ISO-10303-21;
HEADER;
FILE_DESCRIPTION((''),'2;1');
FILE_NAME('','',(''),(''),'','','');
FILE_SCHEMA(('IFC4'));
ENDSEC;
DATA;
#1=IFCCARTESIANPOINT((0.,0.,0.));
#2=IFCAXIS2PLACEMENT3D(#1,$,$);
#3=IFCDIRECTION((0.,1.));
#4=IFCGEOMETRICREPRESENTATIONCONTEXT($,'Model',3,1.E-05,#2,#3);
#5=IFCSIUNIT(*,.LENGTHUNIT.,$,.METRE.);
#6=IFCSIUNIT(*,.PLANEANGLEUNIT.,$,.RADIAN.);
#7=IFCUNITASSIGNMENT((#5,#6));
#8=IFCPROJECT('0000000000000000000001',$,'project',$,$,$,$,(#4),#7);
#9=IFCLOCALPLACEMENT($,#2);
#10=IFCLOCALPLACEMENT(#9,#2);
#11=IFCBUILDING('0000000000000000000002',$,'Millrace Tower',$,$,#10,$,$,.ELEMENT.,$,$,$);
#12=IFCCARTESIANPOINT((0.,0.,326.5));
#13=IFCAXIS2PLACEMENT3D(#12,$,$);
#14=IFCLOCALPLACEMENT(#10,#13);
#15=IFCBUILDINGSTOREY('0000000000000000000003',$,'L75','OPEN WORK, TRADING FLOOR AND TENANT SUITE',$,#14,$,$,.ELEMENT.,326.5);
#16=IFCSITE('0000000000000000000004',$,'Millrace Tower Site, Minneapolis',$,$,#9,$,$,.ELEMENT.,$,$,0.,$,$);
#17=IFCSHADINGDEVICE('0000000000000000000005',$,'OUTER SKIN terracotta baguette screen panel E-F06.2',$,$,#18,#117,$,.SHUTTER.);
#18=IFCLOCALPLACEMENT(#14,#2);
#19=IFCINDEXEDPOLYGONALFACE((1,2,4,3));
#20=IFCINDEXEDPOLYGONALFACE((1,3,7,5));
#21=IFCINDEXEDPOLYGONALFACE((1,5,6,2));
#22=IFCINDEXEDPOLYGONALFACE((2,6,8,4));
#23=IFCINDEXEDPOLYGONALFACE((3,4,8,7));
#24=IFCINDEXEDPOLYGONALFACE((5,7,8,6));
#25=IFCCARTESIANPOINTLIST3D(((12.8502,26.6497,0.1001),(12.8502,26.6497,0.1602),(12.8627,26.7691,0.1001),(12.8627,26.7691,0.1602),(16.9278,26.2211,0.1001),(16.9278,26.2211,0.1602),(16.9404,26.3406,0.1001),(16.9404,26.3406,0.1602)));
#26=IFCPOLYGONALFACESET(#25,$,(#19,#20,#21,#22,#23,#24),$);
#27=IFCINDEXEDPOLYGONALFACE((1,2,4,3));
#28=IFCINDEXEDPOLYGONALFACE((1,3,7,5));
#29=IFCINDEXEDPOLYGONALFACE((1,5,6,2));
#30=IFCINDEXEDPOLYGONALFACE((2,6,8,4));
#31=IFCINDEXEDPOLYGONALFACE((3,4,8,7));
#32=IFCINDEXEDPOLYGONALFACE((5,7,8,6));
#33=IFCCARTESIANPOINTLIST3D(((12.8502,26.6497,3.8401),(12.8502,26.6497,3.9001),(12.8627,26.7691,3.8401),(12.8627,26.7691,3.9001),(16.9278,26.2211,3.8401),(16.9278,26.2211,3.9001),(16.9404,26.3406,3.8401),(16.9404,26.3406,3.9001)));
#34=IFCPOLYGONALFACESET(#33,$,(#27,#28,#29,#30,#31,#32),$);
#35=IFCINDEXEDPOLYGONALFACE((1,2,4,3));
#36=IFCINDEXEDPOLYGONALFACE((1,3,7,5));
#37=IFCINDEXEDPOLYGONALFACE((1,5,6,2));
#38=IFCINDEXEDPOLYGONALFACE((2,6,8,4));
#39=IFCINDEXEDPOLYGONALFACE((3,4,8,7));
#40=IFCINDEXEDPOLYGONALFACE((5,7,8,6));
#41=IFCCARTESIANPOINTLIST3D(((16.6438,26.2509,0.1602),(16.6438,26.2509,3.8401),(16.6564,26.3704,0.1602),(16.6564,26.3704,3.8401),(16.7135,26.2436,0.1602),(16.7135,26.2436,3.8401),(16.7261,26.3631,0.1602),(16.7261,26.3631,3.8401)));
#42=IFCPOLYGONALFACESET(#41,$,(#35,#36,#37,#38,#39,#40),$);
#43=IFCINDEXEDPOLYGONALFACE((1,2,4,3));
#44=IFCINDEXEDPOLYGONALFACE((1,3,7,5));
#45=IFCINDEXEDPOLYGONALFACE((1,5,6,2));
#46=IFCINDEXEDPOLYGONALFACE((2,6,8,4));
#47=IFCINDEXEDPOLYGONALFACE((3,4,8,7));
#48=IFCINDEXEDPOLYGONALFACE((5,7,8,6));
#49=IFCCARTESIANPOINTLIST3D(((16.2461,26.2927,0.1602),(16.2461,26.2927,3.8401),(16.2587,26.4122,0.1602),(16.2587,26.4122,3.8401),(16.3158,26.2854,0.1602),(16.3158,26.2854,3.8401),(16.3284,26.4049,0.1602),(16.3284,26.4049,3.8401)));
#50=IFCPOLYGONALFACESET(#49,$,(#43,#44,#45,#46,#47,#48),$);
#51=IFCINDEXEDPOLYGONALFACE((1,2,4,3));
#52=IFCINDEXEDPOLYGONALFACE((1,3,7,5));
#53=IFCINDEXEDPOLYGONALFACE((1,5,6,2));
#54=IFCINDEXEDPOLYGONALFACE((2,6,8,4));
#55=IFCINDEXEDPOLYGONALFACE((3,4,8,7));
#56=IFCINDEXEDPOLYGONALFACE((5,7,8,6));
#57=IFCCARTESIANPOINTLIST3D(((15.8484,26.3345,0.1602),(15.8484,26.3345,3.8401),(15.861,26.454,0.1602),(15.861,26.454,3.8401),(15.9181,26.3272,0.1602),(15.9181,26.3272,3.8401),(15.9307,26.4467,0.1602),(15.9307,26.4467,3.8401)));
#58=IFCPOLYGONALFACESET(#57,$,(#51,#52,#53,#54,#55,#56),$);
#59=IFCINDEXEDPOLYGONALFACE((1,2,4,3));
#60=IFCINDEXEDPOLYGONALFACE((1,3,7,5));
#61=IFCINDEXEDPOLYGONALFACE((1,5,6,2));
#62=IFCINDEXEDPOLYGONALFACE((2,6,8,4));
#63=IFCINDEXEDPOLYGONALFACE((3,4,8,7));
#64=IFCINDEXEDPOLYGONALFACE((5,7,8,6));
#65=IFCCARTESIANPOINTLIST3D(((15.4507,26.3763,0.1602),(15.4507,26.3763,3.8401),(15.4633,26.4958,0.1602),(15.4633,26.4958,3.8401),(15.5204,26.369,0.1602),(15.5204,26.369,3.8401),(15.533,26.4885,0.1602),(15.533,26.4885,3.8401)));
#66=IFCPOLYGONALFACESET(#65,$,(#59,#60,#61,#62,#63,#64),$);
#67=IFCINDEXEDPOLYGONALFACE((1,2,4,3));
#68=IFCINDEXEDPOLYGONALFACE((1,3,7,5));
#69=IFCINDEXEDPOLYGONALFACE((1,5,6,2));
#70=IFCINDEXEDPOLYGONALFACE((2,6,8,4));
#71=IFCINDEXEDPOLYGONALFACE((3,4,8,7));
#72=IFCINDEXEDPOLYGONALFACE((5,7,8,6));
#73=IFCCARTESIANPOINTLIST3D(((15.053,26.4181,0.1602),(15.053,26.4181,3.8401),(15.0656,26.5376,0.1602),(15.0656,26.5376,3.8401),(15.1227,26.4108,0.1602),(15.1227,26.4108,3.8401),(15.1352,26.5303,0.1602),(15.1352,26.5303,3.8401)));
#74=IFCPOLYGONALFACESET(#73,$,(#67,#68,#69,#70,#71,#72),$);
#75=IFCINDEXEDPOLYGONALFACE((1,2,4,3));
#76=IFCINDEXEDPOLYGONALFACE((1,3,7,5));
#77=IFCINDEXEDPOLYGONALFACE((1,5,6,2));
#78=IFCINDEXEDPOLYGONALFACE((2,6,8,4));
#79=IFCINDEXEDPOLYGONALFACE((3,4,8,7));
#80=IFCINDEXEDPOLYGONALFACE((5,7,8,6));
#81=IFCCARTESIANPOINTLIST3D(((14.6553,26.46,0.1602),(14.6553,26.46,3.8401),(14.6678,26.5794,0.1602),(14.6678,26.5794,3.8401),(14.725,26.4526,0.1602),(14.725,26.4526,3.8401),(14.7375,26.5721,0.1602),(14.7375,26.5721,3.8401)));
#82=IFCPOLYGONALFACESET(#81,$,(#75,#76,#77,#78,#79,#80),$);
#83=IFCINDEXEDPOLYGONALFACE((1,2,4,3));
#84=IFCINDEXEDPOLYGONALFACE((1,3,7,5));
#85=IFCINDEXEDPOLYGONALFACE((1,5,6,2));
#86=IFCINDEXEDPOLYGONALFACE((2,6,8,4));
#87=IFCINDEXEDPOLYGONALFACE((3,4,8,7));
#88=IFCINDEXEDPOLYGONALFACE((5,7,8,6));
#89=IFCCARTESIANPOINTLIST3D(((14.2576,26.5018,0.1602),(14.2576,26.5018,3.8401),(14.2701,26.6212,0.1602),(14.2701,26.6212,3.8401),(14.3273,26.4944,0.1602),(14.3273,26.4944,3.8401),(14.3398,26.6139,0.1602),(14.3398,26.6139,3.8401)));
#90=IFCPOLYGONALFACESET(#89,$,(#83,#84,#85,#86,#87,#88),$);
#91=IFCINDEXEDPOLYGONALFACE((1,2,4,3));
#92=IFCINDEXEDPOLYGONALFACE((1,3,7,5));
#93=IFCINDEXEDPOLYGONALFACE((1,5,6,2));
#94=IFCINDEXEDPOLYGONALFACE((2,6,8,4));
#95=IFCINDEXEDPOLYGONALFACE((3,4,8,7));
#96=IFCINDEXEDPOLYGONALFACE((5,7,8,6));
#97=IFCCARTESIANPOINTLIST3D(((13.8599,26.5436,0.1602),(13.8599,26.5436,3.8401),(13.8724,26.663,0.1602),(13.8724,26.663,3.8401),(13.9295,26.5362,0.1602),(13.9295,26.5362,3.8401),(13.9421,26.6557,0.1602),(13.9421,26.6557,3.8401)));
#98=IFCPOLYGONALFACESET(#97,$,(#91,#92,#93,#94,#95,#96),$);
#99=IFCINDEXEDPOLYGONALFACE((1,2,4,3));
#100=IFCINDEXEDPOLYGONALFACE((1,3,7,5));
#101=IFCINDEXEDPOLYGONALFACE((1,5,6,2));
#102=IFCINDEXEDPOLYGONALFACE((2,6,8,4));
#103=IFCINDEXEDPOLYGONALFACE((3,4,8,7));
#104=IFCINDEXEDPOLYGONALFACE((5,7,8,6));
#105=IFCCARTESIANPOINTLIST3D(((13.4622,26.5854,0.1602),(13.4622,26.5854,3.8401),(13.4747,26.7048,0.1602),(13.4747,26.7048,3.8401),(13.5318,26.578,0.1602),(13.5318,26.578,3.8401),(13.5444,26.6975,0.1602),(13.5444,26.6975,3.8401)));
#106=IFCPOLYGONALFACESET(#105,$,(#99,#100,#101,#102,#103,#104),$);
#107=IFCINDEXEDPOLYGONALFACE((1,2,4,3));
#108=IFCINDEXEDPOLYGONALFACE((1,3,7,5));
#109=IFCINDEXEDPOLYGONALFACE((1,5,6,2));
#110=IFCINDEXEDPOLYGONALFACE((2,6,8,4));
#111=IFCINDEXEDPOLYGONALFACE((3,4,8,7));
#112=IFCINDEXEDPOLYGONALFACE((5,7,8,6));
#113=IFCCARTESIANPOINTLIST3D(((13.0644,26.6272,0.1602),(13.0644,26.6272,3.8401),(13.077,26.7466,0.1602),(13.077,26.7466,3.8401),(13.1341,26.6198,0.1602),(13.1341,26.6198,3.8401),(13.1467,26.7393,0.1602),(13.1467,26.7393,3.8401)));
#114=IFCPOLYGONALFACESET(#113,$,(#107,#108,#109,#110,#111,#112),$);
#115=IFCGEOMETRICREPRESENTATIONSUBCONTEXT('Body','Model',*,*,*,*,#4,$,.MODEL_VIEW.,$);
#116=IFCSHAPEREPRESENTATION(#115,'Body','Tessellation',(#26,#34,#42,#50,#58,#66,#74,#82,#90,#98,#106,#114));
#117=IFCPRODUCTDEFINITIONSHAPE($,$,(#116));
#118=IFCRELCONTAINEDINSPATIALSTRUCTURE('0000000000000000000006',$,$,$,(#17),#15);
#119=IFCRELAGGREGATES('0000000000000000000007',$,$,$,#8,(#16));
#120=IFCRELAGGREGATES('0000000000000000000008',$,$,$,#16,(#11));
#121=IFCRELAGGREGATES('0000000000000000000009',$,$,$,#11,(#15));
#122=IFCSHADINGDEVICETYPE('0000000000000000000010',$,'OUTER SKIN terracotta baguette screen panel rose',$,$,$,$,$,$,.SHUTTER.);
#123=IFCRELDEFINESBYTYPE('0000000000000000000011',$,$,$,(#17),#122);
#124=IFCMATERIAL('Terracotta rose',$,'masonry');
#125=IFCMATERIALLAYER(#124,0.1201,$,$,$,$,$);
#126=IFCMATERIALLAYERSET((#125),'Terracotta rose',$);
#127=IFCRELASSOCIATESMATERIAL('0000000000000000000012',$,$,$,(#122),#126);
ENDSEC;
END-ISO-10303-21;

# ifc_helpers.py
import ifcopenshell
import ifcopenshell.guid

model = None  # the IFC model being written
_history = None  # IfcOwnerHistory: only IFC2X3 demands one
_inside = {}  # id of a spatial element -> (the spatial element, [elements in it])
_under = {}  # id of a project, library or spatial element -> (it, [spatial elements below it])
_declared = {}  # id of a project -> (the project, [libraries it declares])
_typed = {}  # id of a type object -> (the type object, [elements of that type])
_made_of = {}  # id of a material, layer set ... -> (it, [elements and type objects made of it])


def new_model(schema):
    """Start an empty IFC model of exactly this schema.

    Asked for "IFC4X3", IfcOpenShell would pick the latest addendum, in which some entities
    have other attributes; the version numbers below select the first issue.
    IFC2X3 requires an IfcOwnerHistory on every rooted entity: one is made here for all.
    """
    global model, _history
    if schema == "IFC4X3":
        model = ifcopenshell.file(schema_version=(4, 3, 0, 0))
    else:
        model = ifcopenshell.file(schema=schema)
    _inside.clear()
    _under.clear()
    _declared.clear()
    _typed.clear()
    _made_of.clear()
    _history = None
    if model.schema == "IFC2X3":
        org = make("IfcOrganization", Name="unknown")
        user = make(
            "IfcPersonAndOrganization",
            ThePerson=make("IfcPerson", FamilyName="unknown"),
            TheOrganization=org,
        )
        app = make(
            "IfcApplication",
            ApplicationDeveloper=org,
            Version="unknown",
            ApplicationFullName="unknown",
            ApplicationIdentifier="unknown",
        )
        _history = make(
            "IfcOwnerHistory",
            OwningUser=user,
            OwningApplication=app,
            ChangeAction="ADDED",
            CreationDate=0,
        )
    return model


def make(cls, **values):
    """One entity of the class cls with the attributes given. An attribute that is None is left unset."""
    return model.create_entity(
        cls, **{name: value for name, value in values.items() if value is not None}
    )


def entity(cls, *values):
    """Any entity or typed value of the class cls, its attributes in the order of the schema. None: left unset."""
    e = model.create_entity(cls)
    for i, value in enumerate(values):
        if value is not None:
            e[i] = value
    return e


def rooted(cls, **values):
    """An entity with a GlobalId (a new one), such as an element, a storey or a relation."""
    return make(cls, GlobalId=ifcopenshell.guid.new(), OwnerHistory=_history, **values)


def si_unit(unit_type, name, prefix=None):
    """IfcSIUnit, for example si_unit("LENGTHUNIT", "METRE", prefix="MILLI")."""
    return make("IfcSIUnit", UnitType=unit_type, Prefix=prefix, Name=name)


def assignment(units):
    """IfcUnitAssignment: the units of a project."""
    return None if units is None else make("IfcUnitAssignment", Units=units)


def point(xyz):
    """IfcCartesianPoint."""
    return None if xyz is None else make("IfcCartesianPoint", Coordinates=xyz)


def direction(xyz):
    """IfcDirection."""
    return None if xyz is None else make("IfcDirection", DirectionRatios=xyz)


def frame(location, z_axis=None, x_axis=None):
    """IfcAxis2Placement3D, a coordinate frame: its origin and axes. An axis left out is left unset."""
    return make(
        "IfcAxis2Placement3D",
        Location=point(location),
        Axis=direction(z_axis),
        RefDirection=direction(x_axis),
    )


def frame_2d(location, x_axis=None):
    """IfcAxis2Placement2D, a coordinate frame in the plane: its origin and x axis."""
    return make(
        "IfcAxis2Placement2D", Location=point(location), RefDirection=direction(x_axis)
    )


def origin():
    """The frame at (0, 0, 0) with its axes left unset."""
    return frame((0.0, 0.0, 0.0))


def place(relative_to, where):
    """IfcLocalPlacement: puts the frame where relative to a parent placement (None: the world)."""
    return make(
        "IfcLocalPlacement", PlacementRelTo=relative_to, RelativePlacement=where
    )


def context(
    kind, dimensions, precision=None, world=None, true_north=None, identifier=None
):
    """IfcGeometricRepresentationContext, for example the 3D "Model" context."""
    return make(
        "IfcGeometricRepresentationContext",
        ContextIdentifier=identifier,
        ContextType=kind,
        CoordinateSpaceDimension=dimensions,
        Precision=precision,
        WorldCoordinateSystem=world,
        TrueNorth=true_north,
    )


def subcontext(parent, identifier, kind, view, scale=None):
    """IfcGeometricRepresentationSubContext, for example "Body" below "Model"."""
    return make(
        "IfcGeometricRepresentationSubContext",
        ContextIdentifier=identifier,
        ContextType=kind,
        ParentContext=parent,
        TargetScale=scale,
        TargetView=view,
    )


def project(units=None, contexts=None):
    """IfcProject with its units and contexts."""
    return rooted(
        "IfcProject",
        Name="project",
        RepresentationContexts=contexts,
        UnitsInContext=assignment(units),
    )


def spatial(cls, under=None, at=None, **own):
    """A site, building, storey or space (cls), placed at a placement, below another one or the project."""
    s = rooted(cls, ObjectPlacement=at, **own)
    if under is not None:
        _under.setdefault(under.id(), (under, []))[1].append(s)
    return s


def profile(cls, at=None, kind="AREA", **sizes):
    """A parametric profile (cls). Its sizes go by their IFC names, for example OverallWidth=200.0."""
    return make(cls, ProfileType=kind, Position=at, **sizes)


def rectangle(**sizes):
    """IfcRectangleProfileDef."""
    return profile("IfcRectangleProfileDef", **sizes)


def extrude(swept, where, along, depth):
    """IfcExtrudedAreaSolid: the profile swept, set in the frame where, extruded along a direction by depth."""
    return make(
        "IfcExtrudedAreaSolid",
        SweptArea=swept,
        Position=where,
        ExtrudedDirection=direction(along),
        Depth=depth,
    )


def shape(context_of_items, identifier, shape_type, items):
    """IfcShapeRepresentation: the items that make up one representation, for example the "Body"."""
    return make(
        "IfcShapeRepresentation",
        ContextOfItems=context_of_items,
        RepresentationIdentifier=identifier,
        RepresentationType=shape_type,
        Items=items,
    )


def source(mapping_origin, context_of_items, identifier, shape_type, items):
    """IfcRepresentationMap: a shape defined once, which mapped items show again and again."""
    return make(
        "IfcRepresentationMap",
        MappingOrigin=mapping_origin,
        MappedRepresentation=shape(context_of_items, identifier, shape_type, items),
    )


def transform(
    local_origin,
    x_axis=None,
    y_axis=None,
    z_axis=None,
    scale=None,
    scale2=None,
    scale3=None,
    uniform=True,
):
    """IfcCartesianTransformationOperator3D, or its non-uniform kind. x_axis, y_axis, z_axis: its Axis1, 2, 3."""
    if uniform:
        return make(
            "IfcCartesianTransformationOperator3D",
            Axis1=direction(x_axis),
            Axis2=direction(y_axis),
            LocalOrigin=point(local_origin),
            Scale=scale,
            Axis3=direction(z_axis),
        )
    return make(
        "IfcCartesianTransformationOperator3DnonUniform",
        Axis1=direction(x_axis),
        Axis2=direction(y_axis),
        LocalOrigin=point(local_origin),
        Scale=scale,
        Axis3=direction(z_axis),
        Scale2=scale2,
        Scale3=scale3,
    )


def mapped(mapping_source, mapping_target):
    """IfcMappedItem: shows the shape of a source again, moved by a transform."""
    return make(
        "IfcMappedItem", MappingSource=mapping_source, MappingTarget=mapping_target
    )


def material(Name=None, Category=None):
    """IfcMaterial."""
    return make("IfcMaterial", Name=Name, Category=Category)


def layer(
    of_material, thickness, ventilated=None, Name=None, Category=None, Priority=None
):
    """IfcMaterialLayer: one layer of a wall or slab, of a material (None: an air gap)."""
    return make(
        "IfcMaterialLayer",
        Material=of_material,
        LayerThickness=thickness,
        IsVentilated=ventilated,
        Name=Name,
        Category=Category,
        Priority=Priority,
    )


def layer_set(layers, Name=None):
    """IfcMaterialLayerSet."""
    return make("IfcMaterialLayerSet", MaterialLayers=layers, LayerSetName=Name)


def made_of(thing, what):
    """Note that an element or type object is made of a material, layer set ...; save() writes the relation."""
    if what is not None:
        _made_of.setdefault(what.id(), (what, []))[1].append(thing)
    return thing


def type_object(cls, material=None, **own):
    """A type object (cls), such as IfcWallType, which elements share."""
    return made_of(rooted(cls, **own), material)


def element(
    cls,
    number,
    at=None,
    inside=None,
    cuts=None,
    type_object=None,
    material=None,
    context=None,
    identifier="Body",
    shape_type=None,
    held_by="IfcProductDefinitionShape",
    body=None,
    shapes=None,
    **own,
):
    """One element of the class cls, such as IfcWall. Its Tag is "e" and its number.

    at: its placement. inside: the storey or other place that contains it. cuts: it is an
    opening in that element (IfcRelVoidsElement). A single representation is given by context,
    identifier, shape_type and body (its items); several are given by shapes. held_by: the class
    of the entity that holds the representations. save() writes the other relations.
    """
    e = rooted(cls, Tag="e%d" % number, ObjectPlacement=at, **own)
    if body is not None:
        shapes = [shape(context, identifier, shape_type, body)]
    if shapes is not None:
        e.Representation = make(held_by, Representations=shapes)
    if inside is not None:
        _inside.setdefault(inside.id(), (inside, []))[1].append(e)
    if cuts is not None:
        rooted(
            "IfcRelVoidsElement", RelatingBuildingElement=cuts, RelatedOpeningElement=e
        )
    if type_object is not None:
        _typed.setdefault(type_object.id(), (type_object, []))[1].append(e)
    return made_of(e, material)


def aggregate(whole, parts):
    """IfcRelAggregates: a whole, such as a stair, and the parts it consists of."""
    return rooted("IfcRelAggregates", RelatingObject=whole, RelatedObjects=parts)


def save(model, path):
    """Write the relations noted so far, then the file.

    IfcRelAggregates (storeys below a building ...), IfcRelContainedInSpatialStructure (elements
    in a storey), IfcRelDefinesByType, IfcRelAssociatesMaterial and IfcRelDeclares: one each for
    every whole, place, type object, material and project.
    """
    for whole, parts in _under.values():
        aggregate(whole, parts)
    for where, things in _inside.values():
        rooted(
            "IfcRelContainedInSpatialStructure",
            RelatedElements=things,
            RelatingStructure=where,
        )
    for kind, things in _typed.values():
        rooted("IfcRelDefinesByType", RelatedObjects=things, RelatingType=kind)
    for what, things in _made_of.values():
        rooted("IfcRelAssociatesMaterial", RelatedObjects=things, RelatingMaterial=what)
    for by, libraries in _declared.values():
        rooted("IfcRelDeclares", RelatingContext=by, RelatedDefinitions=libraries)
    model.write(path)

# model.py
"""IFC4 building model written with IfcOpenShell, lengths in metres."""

from ifc_helpers import new_model, entity, si_unit, direction, frame, frame_2d, origin, place, context, subcontext, project, spatial, rectangle, extrude, source, transform, mapped, material, layer, layer_set, type_object, element, save


model = new_model("IFC4")

# Units and contexts
model_context = context("Model", 3, precision=1e-05, world=origin(), true_north=direction((0.0, 1.0)))
body_context = subcontext(model_context, "Body", "Model", "MODEL_VIEW")
ifc_project = project(units=[si_unit("LENGTHUNIT", "METRE"), si_unit("PLANEANGLEUNIT", "RADIAN")], contexts=[model_context])

# Site, building, storey
site_placement = place(None, origin())
site = spatial("IfcSite", under=ifc_project, at=site_placement, Name="Millrace Tower Site, Minneapolis", CompositionType="ELEMENT", RefElevation=0.0)
building_placement = place(site_placement, origin())
building = spatial("IfcBuilding", under=site, at=building_placement, Name="Millrace Tower", CompositionType="ELEMENT")
storey_placement = place(building_placement, frame((0.0, 0.0, 326.5)))
storey = spatial("IfcBuildingStorey", under=building, at=storey_placement, Name="L75", Description="OPEN WORK, TRADING FLOOR AND TENANT SUITE", CompositionType="ELEMENT", Elevation=326.5)

# Shading device
ifc_material_1 = material(Name="Terracotta rose", Category="masonry")
ifc_layer_1 = layer(ifc_material_1, 0.1201)
ifc_layer_set_1 = layer_set([ifc_layer_1], Name="Terracotta rose")
shading_device_type = type_object("IfcShadingDeviceType", Name="OUTER SKIN terracotta baguette screen panel rose", PredefinedType="SHUTTER", material=ifc_layer_set_1)
cartesian_point_1 = entity("IfcCartesianPoint", [-2.05, 0.0601])
shared_polyline_1 = entity("IfcPolyline", [cartesian_point_1, entity("IfcCartesianPoint", [2.05, 0.0601]), entity("IfcCartesianPoint", [2.05, -0.0601]), entity("IfcCartesianPoint", [-2.05, -0.0601]), cartesian_point_1])
shared_shape_1 = source(origin(), body_context, "Body", "SweptSolid", [
    entity("IfcExtrudedAreaSolid", entity("IfcArbitraryClosedProfileDef", "AREA", None, shared_polyline_1), entity("IfcAxis2Placement3D", entity("IfcCartesianPoint", [0.0, 0.0, 0.0])), entity("IfcDirection", [0.0, 0.0, 1.0]), 0.0601),
    entity("IfcExtrudedAreaSolid", entity("IfcArbitraryClosedProfileDef", "AREA", None, shared_polyline_1), entity("IfcAxis2Placement3D", entity("IfcCartesianPoint", [0.0, 0.0, 3.74])), entity("IfcDirection", [0.0, 0.0, 1.0]), 0.0601),
    extrude(rectangle(XDim=0.0701, YDim=0.1201, at=frame_2d((-1.7996, 0.0))), frame((0.0, 0.0, 0.0601)), (0.0, 0.0, 1.0), 3.6799),
    extrude(rectangle(XDim=0.0701, YDim=0.1201, at=frame_2d((-1.3997, 0.0))), frame((0.0, 0.0, 0.0601)), (0.0, 0.0, 1.0), 3.6799),
    extrude(rectangle(XDim=0.0701, YDim=0.1201, at=frame_2d((-0.9998, 0.0))), frame((0.0, 0.0, 0.0601)), (0.0, 0.0, 1.0), 3.6799),
    extrude(rectangle(XDim=0.0701, YDim=0.1201, at=frame_2d((-0.5999, 0.0))), frame((0.0, 0.0, 0.0601)), (0.0, 0.0, 1.0), 3.6799),
    extrude(rectangle(XDim=0.0701, YDim=0.1201, at=frame_2d((-0.2, 0.0))), frame((0.0, 0.0, 0.0601)), (0.0, 0.0, 1.0), 3.6799),
    extrude(rectangle(XDim=0.0701, YDim=0.1201, at=frame_2d((0.2, 0.0))), frame((0.0, 0.0, 0.0601)), (0.0, 0.0, 1.0), 3.6799),
    extrude(rectangle(XDim=0.0701, YDim=0.1201, at=frame_2d((0.5999, 0.0))), frame((0.0, 0.0, 0.0601)), (0.0, 0.0, 1.0), 3.6799),
    extrude(rectangle(XDim=0.0701, YDim=0.1201, at=frame_2d((0.9998, 0.0))), frame((0.0, 0.0, 0.0601)), (0.0, 0.0, 1.0), 3.6799),
    extrude(rectangle(XDim=0.0701, YDim=0.1201, at=frame_2d((1.3997, 0.0))), frame((0.0, 0.0, 0.0601)), (0.0, 0.0, 1.0), 3.6799),
    extrude(rectangle(XDim=0.0701, YDim=0.1201, at=frame_2d((1.7996, 0.0))), frame((0.0, 0.0, 0.0601)), (0.0, 0.0, 1.0), 3.6799),
])
for number, where, z_axis, x_axis, name in (
    (1, (14.8953, 26.4951, 0.1001), (0.0, 0.0, 1.0), (-0.994522, 0.104528, 0.0), "OUTER SKIN terracotta baguette screen panel E-F06.2"),
):
    element("IfcShadingDevice", number, at=place(storey_placement, frame(where, z_axis=z_axis, x_axis=x_axis)), inside=storey, type_object=shading_device_type, Name=name, PredefinedType="SHUTTER", context=body_context, shape_type="MappedRepresentation", body=[
        mapped(shared_shape_1, transform((0.0, 0.0, 0.0), scale=1.0)),
    ])

save(model, "model.ifc")
